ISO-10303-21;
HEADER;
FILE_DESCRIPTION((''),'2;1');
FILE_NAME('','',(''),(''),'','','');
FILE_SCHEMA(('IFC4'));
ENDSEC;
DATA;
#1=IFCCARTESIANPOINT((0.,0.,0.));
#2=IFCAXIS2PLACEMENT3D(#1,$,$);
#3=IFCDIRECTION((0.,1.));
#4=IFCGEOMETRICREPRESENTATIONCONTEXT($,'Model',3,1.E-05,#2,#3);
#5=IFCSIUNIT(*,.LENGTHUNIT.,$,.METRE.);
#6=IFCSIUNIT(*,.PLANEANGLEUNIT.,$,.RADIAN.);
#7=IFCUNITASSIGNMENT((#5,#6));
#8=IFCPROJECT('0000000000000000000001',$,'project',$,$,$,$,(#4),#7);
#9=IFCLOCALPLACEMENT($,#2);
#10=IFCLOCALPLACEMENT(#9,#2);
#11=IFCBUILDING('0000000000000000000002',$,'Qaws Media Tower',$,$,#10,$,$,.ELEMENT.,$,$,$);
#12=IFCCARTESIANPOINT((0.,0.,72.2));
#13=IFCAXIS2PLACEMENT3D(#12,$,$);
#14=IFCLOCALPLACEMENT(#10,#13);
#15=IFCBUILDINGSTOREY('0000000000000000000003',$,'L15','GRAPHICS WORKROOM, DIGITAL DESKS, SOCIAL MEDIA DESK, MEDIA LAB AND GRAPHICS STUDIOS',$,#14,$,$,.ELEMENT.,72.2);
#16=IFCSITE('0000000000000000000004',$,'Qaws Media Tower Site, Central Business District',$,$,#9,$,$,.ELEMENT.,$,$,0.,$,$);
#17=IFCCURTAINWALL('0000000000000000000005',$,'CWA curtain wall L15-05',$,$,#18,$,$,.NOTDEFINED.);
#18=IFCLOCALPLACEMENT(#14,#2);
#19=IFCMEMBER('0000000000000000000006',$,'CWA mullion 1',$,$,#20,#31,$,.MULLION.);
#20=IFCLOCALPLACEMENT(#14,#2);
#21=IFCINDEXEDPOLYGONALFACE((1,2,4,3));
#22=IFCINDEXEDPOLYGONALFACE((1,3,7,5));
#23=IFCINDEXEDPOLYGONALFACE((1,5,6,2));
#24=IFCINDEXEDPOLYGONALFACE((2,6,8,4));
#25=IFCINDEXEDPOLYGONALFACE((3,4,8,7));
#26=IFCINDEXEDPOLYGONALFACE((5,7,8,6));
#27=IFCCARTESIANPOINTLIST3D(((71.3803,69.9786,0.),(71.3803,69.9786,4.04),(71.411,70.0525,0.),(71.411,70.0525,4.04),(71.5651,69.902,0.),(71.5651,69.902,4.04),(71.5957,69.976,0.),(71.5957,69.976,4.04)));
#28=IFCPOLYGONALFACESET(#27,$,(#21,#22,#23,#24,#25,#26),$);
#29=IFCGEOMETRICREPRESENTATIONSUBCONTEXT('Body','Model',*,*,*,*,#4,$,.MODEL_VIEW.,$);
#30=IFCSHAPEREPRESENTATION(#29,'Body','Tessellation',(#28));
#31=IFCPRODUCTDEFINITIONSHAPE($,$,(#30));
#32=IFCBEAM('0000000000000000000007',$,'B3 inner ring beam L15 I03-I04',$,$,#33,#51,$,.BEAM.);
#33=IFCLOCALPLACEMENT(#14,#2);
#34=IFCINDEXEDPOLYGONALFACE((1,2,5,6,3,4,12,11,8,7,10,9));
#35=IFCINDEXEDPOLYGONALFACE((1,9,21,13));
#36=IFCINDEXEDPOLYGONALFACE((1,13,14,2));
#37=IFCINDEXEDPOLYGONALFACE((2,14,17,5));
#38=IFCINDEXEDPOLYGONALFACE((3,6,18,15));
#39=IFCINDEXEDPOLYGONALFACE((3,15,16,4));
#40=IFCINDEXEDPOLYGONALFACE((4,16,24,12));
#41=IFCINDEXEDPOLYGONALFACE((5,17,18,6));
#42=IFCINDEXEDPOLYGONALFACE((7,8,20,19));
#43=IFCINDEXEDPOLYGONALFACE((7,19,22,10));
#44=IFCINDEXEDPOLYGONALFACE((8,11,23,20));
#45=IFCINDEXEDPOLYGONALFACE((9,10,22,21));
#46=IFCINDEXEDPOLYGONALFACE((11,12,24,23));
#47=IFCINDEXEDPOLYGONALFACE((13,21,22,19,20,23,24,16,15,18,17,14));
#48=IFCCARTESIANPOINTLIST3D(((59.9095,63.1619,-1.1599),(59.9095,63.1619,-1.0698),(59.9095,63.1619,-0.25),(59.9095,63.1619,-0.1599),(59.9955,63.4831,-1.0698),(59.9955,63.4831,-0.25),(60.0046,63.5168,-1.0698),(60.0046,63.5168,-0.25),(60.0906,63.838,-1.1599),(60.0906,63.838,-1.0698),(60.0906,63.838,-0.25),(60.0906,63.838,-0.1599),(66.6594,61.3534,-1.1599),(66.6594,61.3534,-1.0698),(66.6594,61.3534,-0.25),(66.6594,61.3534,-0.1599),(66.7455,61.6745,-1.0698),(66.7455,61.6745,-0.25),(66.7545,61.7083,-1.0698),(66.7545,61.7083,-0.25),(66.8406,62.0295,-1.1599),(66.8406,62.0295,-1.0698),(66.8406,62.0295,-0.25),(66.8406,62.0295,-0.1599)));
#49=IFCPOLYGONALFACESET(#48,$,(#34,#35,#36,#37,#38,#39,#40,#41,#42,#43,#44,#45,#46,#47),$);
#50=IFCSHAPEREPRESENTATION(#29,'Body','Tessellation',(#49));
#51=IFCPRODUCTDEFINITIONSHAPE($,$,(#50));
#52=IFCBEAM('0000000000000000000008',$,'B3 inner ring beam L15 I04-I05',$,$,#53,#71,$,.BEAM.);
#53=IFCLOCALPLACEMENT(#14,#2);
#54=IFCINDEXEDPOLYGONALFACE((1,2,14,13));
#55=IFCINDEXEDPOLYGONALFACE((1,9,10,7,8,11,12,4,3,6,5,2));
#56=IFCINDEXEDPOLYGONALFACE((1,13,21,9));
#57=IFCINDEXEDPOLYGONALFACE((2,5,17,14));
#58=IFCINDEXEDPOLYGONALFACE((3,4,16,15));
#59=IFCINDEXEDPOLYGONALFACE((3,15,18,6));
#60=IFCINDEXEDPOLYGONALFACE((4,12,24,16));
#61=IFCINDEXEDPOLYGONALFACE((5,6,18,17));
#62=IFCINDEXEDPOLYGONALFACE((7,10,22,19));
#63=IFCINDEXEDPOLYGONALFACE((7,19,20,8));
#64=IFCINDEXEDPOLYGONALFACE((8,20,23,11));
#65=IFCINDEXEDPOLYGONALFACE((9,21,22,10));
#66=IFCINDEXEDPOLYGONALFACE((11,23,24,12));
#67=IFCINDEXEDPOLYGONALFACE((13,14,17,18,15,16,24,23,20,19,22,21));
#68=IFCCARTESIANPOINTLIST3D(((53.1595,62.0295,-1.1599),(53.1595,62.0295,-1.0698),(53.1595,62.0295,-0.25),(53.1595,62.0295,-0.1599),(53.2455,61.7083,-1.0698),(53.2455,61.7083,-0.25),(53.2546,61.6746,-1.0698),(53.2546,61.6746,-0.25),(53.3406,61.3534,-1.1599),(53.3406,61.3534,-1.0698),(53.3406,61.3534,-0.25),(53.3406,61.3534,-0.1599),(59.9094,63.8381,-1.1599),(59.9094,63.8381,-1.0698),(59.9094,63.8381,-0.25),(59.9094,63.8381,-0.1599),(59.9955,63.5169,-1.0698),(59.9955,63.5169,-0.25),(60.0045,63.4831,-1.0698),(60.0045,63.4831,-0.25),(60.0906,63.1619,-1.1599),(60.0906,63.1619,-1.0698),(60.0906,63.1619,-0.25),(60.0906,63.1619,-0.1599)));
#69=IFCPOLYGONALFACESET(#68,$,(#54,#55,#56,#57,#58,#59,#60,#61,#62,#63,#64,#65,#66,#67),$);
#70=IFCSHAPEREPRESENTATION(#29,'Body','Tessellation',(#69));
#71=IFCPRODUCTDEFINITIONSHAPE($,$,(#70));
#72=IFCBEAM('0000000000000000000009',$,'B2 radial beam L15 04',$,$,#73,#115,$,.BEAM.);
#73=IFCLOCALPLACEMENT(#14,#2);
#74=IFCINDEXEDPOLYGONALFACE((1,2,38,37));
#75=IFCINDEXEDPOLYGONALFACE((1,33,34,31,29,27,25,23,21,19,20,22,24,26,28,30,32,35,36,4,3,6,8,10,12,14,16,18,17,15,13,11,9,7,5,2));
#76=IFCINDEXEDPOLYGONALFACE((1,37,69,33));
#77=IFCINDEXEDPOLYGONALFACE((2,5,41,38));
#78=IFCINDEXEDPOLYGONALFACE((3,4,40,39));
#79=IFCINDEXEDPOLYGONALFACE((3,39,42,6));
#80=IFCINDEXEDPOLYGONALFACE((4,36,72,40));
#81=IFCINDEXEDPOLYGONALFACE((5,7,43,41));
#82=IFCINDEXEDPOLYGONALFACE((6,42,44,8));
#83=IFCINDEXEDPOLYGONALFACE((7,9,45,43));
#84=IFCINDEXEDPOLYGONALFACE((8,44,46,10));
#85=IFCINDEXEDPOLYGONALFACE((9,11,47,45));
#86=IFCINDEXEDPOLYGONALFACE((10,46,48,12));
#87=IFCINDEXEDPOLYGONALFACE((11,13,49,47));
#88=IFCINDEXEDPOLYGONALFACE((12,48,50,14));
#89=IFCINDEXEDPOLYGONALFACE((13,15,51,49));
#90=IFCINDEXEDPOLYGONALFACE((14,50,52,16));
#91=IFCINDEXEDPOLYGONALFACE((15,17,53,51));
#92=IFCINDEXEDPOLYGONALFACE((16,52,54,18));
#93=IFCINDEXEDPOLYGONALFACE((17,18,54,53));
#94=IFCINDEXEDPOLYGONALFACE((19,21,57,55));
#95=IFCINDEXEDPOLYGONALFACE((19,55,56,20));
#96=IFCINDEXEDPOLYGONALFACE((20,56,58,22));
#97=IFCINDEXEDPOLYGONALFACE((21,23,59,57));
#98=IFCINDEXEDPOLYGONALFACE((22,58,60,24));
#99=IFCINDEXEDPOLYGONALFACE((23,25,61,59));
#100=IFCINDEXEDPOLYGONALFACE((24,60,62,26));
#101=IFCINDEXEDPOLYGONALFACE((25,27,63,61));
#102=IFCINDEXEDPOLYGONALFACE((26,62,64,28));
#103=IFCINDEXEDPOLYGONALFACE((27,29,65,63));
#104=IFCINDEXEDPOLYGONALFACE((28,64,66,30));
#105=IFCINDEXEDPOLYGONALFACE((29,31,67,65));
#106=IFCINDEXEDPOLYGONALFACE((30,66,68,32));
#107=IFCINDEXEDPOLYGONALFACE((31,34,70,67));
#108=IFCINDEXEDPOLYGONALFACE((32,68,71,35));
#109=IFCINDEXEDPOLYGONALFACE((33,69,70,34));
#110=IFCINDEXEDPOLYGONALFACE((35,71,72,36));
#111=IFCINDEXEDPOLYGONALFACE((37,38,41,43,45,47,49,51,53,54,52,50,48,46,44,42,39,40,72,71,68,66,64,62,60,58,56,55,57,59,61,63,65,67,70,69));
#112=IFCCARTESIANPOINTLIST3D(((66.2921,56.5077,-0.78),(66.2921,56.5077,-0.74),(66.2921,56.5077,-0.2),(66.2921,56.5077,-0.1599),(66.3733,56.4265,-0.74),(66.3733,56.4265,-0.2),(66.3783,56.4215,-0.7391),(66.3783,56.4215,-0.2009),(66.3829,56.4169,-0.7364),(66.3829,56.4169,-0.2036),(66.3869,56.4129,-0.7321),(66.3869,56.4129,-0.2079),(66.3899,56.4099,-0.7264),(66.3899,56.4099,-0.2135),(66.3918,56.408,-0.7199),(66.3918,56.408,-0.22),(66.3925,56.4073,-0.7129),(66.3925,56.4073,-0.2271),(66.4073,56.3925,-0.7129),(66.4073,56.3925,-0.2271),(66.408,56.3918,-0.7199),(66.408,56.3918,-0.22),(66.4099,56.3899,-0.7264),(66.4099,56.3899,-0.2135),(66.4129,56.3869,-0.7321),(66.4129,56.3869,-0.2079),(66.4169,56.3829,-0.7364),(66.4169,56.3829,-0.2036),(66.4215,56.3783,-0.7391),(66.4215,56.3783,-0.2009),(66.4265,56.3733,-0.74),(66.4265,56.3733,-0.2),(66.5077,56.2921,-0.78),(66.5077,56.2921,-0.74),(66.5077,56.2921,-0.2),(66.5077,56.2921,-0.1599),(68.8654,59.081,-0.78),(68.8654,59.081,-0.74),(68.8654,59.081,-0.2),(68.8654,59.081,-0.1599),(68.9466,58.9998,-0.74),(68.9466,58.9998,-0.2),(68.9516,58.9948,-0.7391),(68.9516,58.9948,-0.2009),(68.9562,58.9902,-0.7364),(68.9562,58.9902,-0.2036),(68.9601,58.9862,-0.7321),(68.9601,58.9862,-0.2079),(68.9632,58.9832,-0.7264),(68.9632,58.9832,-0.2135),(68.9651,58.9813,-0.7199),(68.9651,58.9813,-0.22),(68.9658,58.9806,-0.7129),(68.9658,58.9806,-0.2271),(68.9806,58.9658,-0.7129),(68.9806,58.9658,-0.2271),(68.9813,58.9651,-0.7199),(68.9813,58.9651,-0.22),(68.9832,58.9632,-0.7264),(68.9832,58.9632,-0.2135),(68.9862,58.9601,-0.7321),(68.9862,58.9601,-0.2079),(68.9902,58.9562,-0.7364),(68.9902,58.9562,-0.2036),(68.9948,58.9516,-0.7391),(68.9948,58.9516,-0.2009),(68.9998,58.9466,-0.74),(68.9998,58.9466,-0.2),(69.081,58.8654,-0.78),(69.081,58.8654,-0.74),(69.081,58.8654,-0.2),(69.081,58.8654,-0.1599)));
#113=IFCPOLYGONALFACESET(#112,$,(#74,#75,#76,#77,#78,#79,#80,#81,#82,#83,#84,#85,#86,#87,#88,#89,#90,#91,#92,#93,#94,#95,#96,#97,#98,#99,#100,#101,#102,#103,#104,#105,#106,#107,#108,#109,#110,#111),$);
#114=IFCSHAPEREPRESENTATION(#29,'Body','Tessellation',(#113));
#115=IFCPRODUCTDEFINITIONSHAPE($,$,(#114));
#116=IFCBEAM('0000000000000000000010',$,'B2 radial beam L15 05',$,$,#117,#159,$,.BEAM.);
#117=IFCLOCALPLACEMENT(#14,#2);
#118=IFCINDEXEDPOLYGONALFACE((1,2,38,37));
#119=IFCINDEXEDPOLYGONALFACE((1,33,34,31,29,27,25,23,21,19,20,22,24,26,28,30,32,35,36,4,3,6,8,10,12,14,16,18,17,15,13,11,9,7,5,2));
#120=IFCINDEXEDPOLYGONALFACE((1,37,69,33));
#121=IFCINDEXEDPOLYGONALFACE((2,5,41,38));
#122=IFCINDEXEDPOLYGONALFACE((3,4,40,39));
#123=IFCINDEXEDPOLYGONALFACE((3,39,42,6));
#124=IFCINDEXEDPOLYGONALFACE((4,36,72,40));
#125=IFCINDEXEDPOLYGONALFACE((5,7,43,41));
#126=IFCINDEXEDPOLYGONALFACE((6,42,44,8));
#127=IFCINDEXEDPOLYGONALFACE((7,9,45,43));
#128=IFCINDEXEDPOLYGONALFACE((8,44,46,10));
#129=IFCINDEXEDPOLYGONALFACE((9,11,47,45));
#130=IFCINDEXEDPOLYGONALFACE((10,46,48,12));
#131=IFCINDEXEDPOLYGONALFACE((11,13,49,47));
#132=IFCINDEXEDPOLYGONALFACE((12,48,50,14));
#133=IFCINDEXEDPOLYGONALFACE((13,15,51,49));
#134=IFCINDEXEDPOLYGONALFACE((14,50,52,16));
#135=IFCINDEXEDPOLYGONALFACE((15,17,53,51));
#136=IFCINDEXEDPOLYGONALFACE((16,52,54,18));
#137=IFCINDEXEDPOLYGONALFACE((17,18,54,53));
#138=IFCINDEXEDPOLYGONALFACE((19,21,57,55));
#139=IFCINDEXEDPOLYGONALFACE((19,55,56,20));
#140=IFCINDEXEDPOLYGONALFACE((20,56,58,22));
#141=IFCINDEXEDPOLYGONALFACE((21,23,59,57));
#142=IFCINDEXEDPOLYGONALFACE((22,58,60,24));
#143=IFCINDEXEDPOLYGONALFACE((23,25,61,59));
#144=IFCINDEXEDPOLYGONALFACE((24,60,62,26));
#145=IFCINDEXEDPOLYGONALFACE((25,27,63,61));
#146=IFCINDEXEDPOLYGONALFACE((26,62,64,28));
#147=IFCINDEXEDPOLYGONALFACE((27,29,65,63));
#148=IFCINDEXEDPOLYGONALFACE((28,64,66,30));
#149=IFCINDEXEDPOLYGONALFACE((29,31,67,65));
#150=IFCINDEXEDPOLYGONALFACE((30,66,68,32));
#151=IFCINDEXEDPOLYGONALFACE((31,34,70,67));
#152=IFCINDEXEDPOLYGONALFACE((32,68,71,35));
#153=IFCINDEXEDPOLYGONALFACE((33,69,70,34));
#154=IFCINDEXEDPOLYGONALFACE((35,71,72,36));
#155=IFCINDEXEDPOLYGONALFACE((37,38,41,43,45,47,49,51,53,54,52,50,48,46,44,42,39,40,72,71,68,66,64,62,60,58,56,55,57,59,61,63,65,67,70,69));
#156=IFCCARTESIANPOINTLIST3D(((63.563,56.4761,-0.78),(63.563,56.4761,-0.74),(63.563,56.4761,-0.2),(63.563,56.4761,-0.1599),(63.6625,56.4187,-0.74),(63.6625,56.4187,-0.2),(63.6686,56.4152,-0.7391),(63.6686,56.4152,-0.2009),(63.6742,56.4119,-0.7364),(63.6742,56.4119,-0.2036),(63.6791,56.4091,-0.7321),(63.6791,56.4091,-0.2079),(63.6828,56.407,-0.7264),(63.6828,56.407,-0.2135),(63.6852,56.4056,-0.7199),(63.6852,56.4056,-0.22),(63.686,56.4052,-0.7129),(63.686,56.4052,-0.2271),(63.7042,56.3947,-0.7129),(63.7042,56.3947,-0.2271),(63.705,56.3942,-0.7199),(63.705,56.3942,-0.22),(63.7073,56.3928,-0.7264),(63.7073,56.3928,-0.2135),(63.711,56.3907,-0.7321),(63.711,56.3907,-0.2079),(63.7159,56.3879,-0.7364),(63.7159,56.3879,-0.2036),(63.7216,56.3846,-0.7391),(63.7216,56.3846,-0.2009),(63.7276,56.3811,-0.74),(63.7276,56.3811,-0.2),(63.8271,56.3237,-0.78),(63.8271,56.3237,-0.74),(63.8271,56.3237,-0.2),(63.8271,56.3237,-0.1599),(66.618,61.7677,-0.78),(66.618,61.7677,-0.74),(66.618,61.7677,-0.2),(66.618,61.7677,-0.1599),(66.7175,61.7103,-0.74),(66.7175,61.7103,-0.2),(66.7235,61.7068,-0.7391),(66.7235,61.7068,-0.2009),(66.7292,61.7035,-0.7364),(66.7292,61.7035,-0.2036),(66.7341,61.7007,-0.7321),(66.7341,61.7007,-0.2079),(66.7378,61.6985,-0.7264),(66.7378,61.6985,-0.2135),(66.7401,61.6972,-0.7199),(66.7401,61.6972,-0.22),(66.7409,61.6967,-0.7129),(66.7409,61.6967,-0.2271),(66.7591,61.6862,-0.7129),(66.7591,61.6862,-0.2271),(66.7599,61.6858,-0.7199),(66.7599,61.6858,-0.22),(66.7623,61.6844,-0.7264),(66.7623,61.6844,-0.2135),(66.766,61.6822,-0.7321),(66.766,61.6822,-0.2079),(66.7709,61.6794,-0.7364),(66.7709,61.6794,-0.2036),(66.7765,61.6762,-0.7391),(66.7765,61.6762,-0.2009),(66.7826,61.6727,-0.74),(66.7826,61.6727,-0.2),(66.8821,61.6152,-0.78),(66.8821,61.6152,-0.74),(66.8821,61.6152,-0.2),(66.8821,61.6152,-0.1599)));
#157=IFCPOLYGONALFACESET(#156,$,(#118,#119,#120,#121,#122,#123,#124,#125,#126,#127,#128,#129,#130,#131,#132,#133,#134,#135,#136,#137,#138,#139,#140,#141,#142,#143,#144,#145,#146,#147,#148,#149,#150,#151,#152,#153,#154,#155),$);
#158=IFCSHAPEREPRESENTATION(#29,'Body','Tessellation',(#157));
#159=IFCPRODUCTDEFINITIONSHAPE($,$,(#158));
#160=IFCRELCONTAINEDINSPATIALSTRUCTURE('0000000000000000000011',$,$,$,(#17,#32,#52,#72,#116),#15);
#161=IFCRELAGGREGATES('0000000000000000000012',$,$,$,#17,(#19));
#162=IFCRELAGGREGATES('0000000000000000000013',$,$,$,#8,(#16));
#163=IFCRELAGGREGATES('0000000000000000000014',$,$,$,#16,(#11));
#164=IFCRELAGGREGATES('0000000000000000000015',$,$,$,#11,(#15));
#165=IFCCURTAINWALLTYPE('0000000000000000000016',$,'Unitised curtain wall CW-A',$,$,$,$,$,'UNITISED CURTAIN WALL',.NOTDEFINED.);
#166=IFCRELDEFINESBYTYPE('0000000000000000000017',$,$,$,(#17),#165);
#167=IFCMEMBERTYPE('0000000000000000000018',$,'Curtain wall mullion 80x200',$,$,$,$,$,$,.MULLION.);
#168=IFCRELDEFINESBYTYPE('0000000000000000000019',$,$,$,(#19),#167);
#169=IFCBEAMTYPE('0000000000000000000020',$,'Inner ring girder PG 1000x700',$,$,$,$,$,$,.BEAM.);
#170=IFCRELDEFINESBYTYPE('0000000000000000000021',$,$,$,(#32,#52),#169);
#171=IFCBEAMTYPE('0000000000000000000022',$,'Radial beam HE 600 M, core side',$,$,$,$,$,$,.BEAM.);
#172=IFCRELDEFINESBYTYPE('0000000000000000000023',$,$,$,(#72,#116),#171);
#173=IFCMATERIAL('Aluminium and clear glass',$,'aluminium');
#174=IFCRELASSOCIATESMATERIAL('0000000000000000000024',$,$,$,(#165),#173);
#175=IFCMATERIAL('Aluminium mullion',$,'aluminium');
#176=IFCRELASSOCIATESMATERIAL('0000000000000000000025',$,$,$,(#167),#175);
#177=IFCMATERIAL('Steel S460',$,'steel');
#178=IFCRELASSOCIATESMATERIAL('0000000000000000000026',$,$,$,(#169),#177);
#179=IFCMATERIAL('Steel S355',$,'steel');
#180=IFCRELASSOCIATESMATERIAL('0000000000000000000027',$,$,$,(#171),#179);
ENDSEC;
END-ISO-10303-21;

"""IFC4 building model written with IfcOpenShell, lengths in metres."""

from ifc_helpers import new_model, si_unit, direction, frame, origin, origin_2d, place, context, subcontext, project, spatial, rectangle, i_section, extrude, material, material_profile, profile_set, type_object, element, aggregate, save


model = new_model("IFC4")

# Units and contexts
model_context = context("Model", 3, precision=1e-05, world=origin(), true_north=direction((0.0, 1.0)))
body_context = subcontext(model_context, "Body", "Model", "MODEL_VIEW")
ifc_project = project(units=[si_unit("LENGTHUNIT", "METRE"), si_unit("PLANEANGLEUNIT", "RADIAN")], contexts=[model_context])

# Site, building, storey
site_placement = place(None, origin())
site = spatial("IfcSite", under=ifc_project, at=site_placement, Name="Qaws Media Tower Site, Central Business District", CompositionType="ELEMENT", RefElevation=0.0)
building_placement = place(site_placement, origin())
building = spatial("IfcBuilding", under=site, at=building_placement, Name="Qaws Media Tower", CompositionType="ELEMENT")
storey_placement = place(building_placement, frame((0.0, 0.0, 72.2)))
storey = spatial("IfcBuildingStorey", under=building, at=storey_placement, Name="L15", Description="GRAPHICS WORKROOM, DIGITAL DESKS, SOCIAL MEDIA DESK, MEDIA LAB AND GRAPHICS STUDIOS", CompositionType="ELEMENT", Elevation=72.2)

# Curtain wall, member
ifc_material_1 = material(Name="Aluminium and clear glass", Category="aluminium")
curtain_wall_type = type_object("IfcCurtainWallType", Name="Unitised curtain wall CW-A", ElementType="UNITISED CURTAIN WALL", PredefinedType="NOTDEFINED", material=ifc_material_1)
curtain_wall_placement = place(storey_placement, origin())
curtain_wall = element("IfcCurtainWall", 1, at=curtain_wall_placement, inside=storey, type_object=curtain_wall_type, Name="CWA curtain wall L15-05", PredefinedType="NOTDEFINED")
ifc_material_2 = material(Name="Aluminium mullion", Category="aluminium")
ifc_material_profile_1 = material_profile(ifc_material_2, rectangle(XDim=0.0801, YDim=0.2, at=origin_2d()), Name="80x200")
ifc_profile_set_1 = profile_set([ifc_material_profile_1], Name="Aluminium mullion")
member_type = type_object("IfcMemberType", Name="Curtain wall mullion 80x200", PredefinedType="MULLION", material=ifc_profile_set_1)
member_placement = place(storey_placement, frame((71.488, 69.9773, 0.0), z_axis=(0.0, 0.0, 1.0), x_axis=(-0.382683, -0.92388, 0.0)))
member = element("IfcMember", 2, at=member_placement, type_object=member_type, Name="CWA mullion 1", PredefinedType="MULLION", context=body_context, shape_type="SweptSolid", body=[
    extrude(rectangle(XDim=0.0801, YDim=0.2, at=origin_2d()), origin(), (0.0, 0.0, 1.0), 4.04),
])
aggregate(curtain_wall, [member])

# Beams
ifc_material_3 = material(Name="Steel S460", Category="steel")
ifc_material_profile_2 = material_profile(ifc_material_3, i_section(OverallWidth=0.7, OverallDepth=1.0, WebThickness=0.0349, FlangeThickness=0.0901, at=origin_2d()), Name="PG 1000x700")
ifc_profile_set_2 = profile_set([ifc_material_profile_2], Name="Steel S460")
beam_type_1 = type_object("IfcBeamType", Name="Inner ring girder PG 1000x700", PredefinedType="BEAM", material=ifc_profile_set_2)
for number, where, z_axis, x_axis, name in (
    (3, (66.75, 61.6914, -0.6599), (-0.965928, 0.258811, 0.0), (-0.258811, -0.965928, 0.0), "B3 inner ring beam L15 I03-I04"),
    (4, (60.0, 63.5, -0.6599), (-0.965928, -0.258811, 0.0), (0.258811, -0.965928, 0.0), "B3 inner ring beam L15 I04-I05"),
):
    element("IfcBeam", number, at=place(storey_placement, frame(where, z_axis=z_axis, x_axis=x_axis)), inside=storey, type_object=beam_type_1, Name=name, PredefinedType="BEAM", context=body_context, shape_type="SweptSolid", body=[
        extrude(i_section(OverallWidth=0.7, OverallDepth=1.0, WebThickness=0.0349, FlangeThickness=0.0901, at=origin_2d()), origin(), (0.0, 0.0, 1.0), 6.988),
    ])
ifc_material_4 = material(Name="Steel S355", Category="steel")
ifc_material_profile_3 = material_profile(ifc_material_4, i_section(OverallWidth=0.3049, OverallDepth=0.6201, WebThickness=0.021, FlangeThickness=0.04, FilletRadius=0.0271, at=origin_2d()), Name="HE 600 M")
ifc_profile_set_3 = profile_set([ifc_material_profile_3], Name="Steel S355")
beam_type_2 = type_object("IfcBeamType", Name="Radial beam HE 600 M, core side", PredefinedType="BEAM", material=ifc_profile_set_3)
beam_1_placement = place(storey_placement, frame((66.3999, 56.3999, -0.47), z_axis=(0.707107, 0.707107, 0.0), x_axis=(-0.707107, 0.707107, 0.0)))
element("IfcBeam", 5, at=beam_1_placement, inside=storey, type_object=beam_type_2, Name="B2 radial beam L15 04", PredefinedType="BEAM", context=body_context, shape_type="SweptSolid", body=[
    extrude(i_section(OverallWidth=0.3049, OverallDepth=0.6201, WebThickness=0.021, FlangeThickness=0.04, FilletRadius=0.0271, at=origin_2d()), origin(), (0.0, 0.0, 1.0), 3.6392),
])
beam_2_placement = place(storey_placement, frame((63.6951, 56.3999, -0.47), z_axis=(0.499985, 0.866034, 0.0), x_axis=(-0.866034, 0.499985, 0.0)))
element("IfcBeam", 6, at=beam_2_placement, inside=storey, type_object=beam_type_2, Name="B2 radial beam L15 05", PredefinedType="BEAM", context=body_context, shape_type="SweptSolid", body=[
    extrude(i_section(OverallWidth=0.3049, OverallDepth=0.6201, WebThickness=0.021, FlangeThickness=0.04, FilletRadius=0.0271, at=origin_2d()), origin(), (0.0, 0.0, 1.0), 6.1101),
])

save(model, "model.ifc")
